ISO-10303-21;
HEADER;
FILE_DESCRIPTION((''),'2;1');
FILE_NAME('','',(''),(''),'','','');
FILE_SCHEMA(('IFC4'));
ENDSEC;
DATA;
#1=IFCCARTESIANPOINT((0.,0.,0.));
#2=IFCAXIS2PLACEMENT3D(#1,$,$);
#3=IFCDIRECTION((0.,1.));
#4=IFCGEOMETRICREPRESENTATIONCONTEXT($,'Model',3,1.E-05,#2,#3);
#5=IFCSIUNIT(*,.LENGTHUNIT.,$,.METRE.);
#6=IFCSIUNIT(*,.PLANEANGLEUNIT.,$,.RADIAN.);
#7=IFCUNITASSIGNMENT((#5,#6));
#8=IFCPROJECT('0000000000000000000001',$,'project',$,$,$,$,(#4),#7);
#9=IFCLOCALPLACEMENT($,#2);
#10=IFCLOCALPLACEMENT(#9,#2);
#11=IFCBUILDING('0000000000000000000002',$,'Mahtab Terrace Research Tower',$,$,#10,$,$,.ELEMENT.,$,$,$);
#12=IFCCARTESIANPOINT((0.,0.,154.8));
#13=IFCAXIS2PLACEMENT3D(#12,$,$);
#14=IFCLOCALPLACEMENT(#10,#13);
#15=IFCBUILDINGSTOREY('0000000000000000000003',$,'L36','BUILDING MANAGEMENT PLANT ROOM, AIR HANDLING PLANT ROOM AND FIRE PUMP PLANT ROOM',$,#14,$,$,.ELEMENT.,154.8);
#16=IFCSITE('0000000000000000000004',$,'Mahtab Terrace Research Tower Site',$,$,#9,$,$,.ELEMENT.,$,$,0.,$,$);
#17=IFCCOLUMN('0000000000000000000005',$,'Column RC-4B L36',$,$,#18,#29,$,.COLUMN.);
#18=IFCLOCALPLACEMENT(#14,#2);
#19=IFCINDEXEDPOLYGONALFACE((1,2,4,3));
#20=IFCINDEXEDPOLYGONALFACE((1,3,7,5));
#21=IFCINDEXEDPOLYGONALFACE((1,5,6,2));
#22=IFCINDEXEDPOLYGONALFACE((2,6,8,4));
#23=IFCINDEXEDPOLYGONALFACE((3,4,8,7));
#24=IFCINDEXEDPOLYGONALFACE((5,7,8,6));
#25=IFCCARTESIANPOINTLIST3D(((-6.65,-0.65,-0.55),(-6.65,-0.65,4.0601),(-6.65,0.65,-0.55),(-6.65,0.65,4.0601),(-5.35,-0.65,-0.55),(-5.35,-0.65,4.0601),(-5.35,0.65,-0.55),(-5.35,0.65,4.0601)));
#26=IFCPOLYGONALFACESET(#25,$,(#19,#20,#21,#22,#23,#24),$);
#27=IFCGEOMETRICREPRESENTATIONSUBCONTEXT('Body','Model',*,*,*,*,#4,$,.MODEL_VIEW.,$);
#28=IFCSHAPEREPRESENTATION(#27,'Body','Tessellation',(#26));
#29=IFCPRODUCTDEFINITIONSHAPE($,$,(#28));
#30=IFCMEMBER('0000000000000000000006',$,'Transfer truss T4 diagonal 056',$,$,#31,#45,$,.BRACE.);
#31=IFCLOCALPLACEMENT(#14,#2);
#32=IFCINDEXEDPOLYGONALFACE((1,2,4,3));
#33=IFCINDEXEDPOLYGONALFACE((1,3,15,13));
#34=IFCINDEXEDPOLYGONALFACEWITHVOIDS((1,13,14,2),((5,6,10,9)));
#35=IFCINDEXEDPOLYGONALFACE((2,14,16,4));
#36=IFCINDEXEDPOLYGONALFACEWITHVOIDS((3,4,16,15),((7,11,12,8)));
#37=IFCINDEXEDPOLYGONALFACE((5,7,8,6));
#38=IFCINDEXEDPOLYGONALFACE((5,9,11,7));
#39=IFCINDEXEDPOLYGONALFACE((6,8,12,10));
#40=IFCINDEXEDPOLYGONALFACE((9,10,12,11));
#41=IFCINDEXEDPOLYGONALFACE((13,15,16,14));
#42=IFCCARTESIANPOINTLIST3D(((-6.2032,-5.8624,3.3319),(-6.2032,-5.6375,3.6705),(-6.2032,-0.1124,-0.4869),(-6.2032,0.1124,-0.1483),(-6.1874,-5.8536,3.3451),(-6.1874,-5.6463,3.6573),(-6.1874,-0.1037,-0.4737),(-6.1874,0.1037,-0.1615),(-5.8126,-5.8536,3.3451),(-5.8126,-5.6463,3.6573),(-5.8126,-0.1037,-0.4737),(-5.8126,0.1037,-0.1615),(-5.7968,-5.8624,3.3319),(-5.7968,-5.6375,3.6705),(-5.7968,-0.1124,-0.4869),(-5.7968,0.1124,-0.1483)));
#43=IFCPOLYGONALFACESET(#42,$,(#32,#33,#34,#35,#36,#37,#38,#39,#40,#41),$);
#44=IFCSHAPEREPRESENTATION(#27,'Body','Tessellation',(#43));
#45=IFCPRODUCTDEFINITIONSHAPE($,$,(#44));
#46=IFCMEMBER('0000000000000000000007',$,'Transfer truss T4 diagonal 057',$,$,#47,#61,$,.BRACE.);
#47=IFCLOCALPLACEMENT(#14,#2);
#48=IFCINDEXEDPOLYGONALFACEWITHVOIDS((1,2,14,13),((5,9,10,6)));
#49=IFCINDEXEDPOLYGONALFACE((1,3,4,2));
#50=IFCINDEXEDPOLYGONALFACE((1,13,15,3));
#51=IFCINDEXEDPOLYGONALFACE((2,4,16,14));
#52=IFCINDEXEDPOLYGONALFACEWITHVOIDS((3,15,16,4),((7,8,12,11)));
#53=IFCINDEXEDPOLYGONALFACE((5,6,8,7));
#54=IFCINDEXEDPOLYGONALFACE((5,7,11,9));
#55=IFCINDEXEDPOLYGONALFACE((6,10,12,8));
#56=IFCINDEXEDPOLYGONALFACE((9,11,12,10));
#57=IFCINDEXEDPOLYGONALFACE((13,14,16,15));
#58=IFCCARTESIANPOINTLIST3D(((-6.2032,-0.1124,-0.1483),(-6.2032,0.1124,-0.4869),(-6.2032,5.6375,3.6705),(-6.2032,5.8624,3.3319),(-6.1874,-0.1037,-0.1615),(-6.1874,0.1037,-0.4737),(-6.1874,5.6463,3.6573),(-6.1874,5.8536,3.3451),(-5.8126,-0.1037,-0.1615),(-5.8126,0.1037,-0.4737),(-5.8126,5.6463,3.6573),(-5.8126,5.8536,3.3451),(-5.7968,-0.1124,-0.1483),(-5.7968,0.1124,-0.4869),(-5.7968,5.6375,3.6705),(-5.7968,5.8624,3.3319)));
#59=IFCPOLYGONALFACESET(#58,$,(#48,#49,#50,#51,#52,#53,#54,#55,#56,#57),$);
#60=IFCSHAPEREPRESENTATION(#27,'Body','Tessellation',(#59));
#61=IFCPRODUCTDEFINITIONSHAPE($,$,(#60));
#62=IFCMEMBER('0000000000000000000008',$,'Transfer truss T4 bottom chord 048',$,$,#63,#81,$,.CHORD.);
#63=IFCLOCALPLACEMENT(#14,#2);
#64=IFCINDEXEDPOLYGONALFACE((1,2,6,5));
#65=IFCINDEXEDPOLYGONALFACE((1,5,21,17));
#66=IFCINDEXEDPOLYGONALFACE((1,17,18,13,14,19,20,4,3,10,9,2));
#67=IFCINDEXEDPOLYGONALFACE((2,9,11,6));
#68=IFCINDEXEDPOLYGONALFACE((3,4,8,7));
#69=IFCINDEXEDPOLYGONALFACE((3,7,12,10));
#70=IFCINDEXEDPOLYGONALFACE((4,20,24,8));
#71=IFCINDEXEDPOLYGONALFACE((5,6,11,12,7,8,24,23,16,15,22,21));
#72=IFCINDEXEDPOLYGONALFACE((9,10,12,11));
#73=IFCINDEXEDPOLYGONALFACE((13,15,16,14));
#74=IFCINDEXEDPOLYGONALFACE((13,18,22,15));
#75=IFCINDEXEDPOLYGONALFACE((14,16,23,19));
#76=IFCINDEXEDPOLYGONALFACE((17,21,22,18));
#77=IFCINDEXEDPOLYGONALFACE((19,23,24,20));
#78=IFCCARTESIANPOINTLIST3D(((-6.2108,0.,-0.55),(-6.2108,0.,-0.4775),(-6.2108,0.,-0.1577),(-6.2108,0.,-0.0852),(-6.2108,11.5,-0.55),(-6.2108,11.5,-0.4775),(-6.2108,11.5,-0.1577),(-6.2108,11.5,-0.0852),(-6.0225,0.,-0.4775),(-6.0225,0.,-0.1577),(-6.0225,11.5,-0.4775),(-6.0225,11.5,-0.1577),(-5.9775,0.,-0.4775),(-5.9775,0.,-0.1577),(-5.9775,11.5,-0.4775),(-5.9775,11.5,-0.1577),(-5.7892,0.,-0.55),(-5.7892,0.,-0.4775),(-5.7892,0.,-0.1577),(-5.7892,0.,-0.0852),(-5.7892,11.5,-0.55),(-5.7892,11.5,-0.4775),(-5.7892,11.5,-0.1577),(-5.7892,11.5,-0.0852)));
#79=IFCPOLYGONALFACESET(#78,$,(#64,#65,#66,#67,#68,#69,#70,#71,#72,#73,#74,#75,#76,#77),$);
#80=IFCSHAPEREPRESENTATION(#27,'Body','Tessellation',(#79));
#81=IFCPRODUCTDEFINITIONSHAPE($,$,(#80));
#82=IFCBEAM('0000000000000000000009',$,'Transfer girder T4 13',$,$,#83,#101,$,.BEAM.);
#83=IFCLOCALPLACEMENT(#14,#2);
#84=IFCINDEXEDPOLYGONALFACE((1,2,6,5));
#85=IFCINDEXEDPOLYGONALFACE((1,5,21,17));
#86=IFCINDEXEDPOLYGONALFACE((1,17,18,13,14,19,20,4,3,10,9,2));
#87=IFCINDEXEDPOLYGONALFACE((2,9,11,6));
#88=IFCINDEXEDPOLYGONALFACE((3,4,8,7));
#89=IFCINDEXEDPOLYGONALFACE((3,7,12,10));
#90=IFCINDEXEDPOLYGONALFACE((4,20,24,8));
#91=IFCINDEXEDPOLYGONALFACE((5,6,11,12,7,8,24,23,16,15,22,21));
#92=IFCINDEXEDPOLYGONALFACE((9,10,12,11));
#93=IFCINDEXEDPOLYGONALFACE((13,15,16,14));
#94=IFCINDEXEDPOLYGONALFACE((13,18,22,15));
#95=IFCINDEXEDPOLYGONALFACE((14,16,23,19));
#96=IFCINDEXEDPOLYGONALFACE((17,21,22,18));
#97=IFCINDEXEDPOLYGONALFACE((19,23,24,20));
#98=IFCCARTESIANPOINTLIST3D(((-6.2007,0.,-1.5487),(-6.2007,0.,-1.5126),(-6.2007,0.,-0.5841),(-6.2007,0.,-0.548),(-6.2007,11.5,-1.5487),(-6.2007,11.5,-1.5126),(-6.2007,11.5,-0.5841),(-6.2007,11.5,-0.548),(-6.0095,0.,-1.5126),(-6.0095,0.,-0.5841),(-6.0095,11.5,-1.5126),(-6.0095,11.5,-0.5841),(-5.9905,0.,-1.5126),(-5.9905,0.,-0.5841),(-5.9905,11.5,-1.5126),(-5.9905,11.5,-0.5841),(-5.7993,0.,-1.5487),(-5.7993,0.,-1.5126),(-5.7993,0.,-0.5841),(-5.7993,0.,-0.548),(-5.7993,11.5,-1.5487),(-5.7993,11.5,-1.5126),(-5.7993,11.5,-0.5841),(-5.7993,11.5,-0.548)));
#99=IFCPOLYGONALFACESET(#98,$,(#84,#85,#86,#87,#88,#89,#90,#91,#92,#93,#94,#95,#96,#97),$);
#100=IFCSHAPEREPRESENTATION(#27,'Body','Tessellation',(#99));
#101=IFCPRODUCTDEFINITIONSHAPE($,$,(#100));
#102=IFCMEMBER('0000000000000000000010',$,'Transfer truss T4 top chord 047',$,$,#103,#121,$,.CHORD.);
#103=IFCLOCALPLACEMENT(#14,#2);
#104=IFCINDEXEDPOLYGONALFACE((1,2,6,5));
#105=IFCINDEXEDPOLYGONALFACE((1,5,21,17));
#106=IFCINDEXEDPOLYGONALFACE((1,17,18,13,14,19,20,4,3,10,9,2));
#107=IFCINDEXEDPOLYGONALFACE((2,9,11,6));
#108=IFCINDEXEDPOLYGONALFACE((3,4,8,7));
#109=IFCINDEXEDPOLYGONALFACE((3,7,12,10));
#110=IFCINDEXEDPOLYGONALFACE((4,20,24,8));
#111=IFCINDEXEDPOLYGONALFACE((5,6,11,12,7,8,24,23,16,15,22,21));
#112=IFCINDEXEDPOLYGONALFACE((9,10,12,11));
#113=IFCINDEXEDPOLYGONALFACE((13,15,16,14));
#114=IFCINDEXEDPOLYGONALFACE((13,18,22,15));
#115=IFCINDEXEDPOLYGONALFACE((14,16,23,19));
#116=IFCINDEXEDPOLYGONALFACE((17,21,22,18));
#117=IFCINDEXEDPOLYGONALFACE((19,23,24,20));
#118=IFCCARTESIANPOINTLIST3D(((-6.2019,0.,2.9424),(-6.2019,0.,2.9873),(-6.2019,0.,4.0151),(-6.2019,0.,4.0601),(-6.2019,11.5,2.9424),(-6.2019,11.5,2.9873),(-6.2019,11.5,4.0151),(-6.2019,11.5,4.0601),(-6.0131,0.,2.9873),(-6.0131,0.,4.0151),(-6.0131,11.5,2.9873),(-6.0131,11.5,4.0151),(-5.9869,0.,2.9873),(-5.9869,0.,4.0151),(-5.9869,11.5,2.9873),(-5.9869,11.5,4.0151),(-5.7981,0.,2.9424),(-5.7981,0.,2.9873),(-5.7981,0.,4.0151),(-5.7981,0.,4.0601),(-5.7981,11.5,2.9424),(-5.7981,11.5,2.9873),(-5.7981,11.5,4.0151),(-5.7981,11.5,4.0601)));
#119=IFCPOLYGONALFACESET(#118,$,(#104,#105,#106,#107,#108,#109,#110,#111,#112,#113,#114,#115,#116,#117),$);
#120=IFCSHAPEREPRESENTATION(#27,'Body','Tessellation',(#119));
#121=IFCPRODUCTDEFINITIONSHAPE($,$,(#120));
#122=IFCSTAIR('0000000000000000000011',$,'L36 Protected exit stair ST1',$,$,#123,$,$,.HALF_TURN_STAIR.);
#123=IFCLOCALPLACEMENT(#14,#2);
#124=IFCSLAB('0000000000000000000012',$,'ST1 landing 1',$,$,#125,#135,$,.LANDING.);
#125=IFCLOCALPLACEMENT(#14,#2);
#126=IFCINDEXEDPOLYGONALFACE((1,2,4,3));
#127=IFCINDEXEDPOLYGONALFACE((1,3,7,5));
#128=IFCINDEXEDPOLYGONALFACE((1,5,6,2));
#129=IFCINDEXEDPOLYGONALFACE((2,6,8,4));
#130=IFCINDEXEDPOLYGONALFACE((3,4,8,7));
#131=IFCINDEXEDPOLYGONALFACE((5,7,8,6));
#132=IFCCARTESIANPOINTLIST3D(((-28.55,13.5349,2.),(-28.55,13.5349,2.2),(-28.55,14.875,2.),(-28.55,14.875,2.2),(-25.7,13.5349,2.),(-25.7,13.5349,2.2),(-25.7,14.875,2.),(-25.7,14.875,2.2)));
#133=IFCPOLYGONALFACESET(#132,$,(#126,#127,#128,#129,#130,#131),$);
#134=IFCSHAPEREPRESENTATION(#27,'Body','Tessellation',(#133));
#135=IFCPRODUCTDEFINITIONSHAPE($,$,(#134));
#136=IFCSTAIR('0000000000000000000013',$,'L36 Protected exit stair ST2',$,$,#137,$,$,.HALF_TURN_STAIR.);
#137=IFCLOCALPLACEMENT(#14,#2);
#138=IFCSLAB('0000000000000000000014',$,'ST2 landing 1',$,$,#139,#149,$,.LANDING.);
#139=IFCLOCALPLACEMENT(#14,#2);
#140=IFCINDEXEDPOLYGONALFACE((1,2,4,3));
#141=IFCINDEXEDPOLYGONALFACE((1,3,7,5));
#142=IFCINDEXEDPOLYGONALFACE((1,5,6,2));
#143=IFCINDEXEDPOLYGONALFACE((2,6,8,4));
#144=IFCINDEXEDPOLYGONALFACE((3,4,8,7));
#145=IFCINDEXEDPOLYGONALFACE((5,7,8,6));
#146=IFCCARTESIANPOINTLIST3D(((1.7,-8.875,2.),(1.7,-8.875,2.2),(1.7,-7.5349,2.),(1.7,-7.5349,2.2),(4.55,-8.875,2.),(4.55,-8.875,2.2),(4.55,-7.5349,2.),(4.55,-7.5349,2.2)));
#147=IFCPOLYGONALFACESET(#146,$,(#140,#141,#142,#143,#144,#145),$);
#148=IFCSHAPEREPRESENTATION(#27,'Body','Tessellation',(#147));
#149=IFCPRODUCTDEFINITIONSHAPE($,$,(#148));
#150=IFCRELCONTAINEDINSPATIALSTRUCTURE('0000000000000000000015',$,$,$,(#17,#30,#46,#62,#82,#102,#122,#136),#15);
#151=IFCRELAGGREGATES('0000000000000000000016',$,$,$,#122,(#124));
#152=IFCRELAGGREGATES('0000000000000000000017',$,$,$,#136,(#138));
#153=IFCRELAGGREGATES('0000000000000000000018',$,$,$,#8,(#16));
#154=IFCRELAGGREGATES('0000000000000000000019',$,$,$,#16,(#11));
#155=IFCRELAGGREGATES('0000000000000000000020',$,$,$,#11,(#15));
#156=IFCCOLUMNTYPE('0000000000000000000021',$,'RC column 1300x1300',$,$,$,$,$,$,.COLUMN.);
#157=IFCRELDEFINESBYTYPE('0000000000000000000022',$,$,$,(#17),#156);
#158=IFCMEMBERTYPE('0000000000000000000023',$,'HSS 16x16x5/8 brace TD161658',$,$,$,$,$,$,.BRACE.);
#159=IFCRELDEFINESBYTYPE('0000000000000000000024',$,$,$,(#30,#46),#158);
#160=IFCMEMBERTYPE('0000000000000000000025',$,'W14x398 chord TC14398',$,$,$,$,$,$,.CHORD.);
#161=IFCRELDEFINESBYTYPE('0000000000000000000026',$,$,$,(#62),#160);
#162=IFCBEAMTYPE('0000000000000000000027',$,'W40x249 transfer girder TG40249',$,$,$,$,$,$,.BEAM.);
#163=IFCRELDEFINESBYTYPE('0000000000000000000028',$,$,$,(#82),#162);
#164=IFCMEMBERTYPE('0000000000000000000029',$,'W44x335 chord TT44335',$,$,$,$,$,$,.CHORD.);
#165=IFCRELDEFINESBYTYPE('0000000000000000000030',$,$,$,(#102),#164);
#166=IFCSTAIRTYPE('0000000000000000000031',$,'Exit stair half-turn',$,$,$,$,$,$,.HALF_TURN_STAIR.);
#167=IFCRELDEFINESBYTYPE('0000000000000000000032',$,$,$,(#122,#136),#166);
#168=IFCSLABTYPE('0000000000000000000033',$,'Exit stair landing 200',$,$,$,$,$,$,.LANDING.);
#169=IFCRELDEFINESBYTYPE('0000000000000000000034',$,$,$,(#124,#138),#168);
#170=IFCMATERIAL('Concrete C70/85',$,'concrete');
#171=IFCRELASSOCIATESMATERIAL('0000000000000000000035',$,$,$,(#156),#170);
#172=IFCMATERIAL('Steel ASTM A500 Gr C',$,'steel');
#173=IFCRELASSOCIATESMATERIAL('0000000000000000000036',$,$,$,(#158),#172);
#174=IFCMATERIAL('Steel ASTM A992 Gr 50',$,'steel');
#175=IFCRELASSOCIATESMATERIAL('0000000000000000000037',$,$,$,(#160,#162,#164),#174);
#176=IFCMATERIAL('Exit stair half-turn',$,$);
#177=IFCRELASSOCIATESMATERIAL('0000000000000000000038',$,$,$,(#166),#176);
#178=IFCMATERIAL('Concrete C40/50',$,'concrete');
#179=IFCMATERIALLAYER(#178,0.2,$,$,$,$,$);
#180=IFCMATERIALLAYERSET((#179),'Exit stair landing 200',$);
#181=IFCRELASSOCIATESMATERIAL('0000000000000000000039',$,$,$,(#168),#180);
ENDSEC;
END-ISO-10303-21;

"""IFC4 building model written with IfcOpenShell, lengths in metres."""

from ifc_helpers import new_model, si_unit, direction, frame, origin, origin_2d, place, context, subcontext, project, spatial, polyline, rectangle, hollow_rectangle, i_section, outline, extrude, material, layer, layer_set, material_profile, profile_set, type_object, element, aggregate, save


model = new_model("IFC4")

# Units and contexts
model_context = context("Model", 3, precision=1e-05, world=origin(), true_north=direction((0.0, 1.0)))
body_context = subcontext(model_context, "Body", "Model", "MODEL_VIEW")
ifc_project = project(units=[si_unit("LENGTHUNIT", "METRE"), si_unit("PLANEANGLEUNIT", "RADIAN")], contexts=[model_context])

# Site, building, storey
site_placement = place(None, origin())
site = spatial("IfcSite", under=ifc_project, at=site_placement, Name="Mahtab Terrace Research Tower Site", CompositionType="ELEMENT", RefElevation=0.0)
building_placement = place(site_placement, origin())
building = spatial("IfcBuilding", under=site, at=building_placement, Name="Mahtab Terrace Research Tower", CompositionType="ELEMENT")
storey_placement = place(building_placement, frame((0.0, 0.0, 154.8)))
storey = spatial("IfcBuildingStorey", under=building, at=storey_placement, Name="L36", Description="BUILDING MANAGEMENT PLANT ROOM, AIR HANDLING PLANT ROOM AND FIRE PUMP PLANT ROOM", CompositionType="ELEMENT", Elevation=154.8)

# Column
ifc_material_1 = material(Name="Concrete C70/85", Category="concrete")
ifc_material_profile_1 = material_profile(ifc_material_1, rectangle(XDim=1.3, YDim=1.3, at=origin_2d()), Name="RC column 1300x1300")
ifc_profile_set_1 = profile_set([ifc_material_profile_1], Name="Concrete C70/85")
column_type = type_object("IfcColumnType", Name="RC column 1300x1300", PredefinedType="COLUMN", material=ifc_profile_set_1)
column_placement = place(storey_placement, frame((-6.0, 0.0, -0.55), z_axis=(0.0, 0.0, 1.0), x_axis=(1.0, 0.0, 0.0)))
element("IfcColumn", 1, at=column_placement, inside=storey, type_object=column_type, Name="Column RC-4B L36", PredefinedType="COLUMN", context=body_context, shape_type="SweptSolid", body=[
    extrude(rectangle(XDim=1.3, YDim=1.3, at=origin_2d()), origin(), (0.0, 0.0, 1.0), 4.6101),
])

# Members
ifc_material_2 = material(Name="Steel ASTM A500 Gr C", Category="steel")
ifc_material_profile_2 = material_profile(ifc_material_2, hollow_rectangle(XDim=0.4065, YDim=0.4065, WallThickness=0.0159, at=origin_2d()), Name="HSS16X16X5/8")
ifc_profile_set_2 = profile_set([ifc_material_profile_2], Name="Steel ASTM A500 Gr C")
member_type_1 = type_object("IfcMemberType", Name="HSS 16x16x5/8 brace TD161658", PredefinedType="BRACE", material=ifc_profile_set_2)
for number, where, z_axis, x_axis, name in (
    (2, (-6.0, 0.0, -0.3176), (0.0, -0.833018, 0.553246), (1.0, 0.0, 0.0), "Transfer truss T4 diagonal 056"),
    (3, (-6.0, 0.0, -0.3176), (0.0, 0.833018, 0.553246), (-1.0, 0.0, 0.0), "Transfer truss T4 diagonal 057"),
):
    element("IfcMember", number, at=place(storey_placement, frame(where, z_axis=z_axis, x_axis=x_axis)), inside=storey, type_object=member_type_1, Name=name, PredefinedType="BRACE", context=body_context, shape_type="SweptSolid", body=[
        extrude(hollow_rectangle(XDim=0.4065, YDim=0.4065, WallThickness=0.0159, at=origin_2d()), origin(), (0.0, 0.0, 1.0), 6.9026),
    ])
ifc_material_3 = material(Name="Steel ASTM A992 Gr 50", Category="steel")
ifc_material_profile_3 = material_profile(ifc_material_3, i_section(OverallWidth=0.4216, OverallDepth=0.4648, WebThickness=0.0449, FlangeThickness=0.0725, at=origin_2d()), Name="W14X398")
ifc_profile_set_3 = profile_set([ifc_material_profile_3], Name="Steel ASTM A992 Gr 50")
member_type_2 = type_object("IfcMemberType", Name="W14x398 chord TC14398", PredefinedType="CHORD", material=ifc_profile_set_3)
member_1_placement = place(storey_placement, frame((-6.0, 0.0, -0.3176), z_axis=(0.0, 1.0, 0.0), x_axis=(-1.0, 0.0, 0.0)))
element("IfcMember", 4, at=member_1_placement, inside=storey, type_object=member_type_2, Name="Transfer truss T4 bottom chord 048", PredefinedType="CHORD", context=body_context, shape_type="SweptSolid", body=[
    extrude(i_section(OverallWidth=0.4216, OverallDepth=0.4648, WebThickness=0.0449, FlangeThickness=0.0725, at=origin_2d()), origin(), (0.0, 0.0, 1.0), 11.5),
])

# Beam
ifc_material_profile_4 = material_profile(ifc_material_3, i_section(OverallWidth=0.4014, OverallDepth=1.0007, WebThickness=0.019, FlangeThickness=0.0361, at=origin_2d()), Name="W40X249")
ifc_profile_set_4 = profile_set([ifc_material_profile_4], Name="Steel ASTM A992 Gr 50")
beam_type = type_object("IfcBeamType", Name="W40x249 transfer girder TG40249", PredefinedType="BEAM", material=ifc_profile_set_4)
beam_placement = place(storey_placement, frame((-6.0, 0.0, -1.0483), z_axis=(0.0, 1.0, 0.0), x_axis=(-1.0, 0.0, 0.0)))
element("IfcBeam", 5, at=beam_placement, inside=storey, type_object=beam_type, Name="Transfer girder T4 13", PredefinedType="BEAM", context=body_context, shape_type="SweptSolid", body=[
    extrude(i_section(OverallWidth=0.4014, OverallDepth=1.0007, WebThickness=0.019, FlangeThickness=0.0361, at=origin_2d()), origin(), (0.0, 0.0, 1.0), 11.5),
])

# Member
ifc_material_profile_5 = material_profile(ifc_material_3, i_section(OverallWidth=0.4038, OverallDepth=1.1177, WebThickness=0.0261, FlangeThickness=0.0449, at=origin_2d()), Name="W44X335")
ifc_profile_set_5 = profile_set([ifc_material_profile_5], Name="Steel ASTM A992 Gr 50")
member_type_3 = type_object("IfcMemberType", Name="W44x335 chord TT44335", PredefinedType="CHORD", material=ifc_profile_set_5)
member_2_placement = place(storey_placement, frame((-6.0, 0.0, 3.5012), z_axis=(0.0, 1.0, 0.0), x_axis=(-1.0, 0.0, 0.0)))
element("IfcMember", 6, at=member_2_placement, inside=storey, type_object=member_type_3, Name="Transfer truss T4 top chord 047", PredefinedType="CHORD", context=body_context, shape_type="SweptSolid", body=[
    extrude(i_section(OverallWidth=0.4038, OverallDepth=1.1177, WebThickness=0.0261, FlangeThickness=0.0449, at=origin_2d()), origin(), (0.0, 0.0, 1.0), 11.5),
])

# Stairs, slabs
ifc_material_4 = material(Name="Exit stair half-turn")
stair_type = type_object("IfcStairType", Name="Exit stair half-turn", PredefinedType="HALF_TURN_STAIR", material=ifc_material_4)
stair_1_placement = place(storey_placement, origin())
stair_1 = element("IfcStair", 7, at=stair_1_placement, inside=storey, type_object=stair_type, Name="L36 Protected exit stair ST1", PredefinedType="HALF_TURN_STAIR")
ifc_material_5 = material(Name="Concrete C40/50", Category="concrete")
ifc_layer_1 = layer(ifc_material_5, 0.2)
ifc_layer_set_1 = layer_set([ifc_layer_1], Name="Exit stair landing 200")
slab_type_1 = type_object("IfcSlabType", Name="Exit stair landing 200", PredefinedType="LANDING", material=ifc_layer_set_1)
slab_1_placement = place(storey_placement, frame((0.0, 0.0, 2.0)))
slab_1 = element("IfcSlab", 8, at=slab_1_placement, type_object=slab_type_1, Name="ST1 landing 1", PredefinedType="LANDING", context=body_context, shape_type="SweptSolid", body=[
    extrude(outline(polyline([(-25.7, 13.5349), (-25.7, 14.875), (-28.55, 14.875), (-28.55, 13.5349), (-25.7, 13.5349)])), origin(), (0.0, 0.0, 1.0), 0.2),
])
aggregate(stair_1, [slab_1])
stair_2_placement = place(storey_placement, origin())
stair_2 = element("IfcStair", 9, at=stair_2_placement, inside=storey, type_object=stair_type, Name="L36 Protected exit stair ST2", PredefinedType="HALF_TURN_STAIR")
slab_2_placement = place(storey_placement, frame((0.0, 0.0, 2.0)))
slab_2 = element("IfcSlab", 10, at=slab_2_placement, type_object=slab_type_1, Name="ST2 landing 1", PredefinedType="LANDING", context=body_context, shape_type="SweptSolid", body=[
    extrude(outline(polyline([(1.7, -7.5349), (1.7, -8.875), (4.55, -8.875), (4.55, -7.5349), (1.7, -7.5349)])), origin(), (0.0, 0.0, 1.0), 0.2),
])
aggregate(stair_2, [slab_2])

save(model, "model.ifc")
